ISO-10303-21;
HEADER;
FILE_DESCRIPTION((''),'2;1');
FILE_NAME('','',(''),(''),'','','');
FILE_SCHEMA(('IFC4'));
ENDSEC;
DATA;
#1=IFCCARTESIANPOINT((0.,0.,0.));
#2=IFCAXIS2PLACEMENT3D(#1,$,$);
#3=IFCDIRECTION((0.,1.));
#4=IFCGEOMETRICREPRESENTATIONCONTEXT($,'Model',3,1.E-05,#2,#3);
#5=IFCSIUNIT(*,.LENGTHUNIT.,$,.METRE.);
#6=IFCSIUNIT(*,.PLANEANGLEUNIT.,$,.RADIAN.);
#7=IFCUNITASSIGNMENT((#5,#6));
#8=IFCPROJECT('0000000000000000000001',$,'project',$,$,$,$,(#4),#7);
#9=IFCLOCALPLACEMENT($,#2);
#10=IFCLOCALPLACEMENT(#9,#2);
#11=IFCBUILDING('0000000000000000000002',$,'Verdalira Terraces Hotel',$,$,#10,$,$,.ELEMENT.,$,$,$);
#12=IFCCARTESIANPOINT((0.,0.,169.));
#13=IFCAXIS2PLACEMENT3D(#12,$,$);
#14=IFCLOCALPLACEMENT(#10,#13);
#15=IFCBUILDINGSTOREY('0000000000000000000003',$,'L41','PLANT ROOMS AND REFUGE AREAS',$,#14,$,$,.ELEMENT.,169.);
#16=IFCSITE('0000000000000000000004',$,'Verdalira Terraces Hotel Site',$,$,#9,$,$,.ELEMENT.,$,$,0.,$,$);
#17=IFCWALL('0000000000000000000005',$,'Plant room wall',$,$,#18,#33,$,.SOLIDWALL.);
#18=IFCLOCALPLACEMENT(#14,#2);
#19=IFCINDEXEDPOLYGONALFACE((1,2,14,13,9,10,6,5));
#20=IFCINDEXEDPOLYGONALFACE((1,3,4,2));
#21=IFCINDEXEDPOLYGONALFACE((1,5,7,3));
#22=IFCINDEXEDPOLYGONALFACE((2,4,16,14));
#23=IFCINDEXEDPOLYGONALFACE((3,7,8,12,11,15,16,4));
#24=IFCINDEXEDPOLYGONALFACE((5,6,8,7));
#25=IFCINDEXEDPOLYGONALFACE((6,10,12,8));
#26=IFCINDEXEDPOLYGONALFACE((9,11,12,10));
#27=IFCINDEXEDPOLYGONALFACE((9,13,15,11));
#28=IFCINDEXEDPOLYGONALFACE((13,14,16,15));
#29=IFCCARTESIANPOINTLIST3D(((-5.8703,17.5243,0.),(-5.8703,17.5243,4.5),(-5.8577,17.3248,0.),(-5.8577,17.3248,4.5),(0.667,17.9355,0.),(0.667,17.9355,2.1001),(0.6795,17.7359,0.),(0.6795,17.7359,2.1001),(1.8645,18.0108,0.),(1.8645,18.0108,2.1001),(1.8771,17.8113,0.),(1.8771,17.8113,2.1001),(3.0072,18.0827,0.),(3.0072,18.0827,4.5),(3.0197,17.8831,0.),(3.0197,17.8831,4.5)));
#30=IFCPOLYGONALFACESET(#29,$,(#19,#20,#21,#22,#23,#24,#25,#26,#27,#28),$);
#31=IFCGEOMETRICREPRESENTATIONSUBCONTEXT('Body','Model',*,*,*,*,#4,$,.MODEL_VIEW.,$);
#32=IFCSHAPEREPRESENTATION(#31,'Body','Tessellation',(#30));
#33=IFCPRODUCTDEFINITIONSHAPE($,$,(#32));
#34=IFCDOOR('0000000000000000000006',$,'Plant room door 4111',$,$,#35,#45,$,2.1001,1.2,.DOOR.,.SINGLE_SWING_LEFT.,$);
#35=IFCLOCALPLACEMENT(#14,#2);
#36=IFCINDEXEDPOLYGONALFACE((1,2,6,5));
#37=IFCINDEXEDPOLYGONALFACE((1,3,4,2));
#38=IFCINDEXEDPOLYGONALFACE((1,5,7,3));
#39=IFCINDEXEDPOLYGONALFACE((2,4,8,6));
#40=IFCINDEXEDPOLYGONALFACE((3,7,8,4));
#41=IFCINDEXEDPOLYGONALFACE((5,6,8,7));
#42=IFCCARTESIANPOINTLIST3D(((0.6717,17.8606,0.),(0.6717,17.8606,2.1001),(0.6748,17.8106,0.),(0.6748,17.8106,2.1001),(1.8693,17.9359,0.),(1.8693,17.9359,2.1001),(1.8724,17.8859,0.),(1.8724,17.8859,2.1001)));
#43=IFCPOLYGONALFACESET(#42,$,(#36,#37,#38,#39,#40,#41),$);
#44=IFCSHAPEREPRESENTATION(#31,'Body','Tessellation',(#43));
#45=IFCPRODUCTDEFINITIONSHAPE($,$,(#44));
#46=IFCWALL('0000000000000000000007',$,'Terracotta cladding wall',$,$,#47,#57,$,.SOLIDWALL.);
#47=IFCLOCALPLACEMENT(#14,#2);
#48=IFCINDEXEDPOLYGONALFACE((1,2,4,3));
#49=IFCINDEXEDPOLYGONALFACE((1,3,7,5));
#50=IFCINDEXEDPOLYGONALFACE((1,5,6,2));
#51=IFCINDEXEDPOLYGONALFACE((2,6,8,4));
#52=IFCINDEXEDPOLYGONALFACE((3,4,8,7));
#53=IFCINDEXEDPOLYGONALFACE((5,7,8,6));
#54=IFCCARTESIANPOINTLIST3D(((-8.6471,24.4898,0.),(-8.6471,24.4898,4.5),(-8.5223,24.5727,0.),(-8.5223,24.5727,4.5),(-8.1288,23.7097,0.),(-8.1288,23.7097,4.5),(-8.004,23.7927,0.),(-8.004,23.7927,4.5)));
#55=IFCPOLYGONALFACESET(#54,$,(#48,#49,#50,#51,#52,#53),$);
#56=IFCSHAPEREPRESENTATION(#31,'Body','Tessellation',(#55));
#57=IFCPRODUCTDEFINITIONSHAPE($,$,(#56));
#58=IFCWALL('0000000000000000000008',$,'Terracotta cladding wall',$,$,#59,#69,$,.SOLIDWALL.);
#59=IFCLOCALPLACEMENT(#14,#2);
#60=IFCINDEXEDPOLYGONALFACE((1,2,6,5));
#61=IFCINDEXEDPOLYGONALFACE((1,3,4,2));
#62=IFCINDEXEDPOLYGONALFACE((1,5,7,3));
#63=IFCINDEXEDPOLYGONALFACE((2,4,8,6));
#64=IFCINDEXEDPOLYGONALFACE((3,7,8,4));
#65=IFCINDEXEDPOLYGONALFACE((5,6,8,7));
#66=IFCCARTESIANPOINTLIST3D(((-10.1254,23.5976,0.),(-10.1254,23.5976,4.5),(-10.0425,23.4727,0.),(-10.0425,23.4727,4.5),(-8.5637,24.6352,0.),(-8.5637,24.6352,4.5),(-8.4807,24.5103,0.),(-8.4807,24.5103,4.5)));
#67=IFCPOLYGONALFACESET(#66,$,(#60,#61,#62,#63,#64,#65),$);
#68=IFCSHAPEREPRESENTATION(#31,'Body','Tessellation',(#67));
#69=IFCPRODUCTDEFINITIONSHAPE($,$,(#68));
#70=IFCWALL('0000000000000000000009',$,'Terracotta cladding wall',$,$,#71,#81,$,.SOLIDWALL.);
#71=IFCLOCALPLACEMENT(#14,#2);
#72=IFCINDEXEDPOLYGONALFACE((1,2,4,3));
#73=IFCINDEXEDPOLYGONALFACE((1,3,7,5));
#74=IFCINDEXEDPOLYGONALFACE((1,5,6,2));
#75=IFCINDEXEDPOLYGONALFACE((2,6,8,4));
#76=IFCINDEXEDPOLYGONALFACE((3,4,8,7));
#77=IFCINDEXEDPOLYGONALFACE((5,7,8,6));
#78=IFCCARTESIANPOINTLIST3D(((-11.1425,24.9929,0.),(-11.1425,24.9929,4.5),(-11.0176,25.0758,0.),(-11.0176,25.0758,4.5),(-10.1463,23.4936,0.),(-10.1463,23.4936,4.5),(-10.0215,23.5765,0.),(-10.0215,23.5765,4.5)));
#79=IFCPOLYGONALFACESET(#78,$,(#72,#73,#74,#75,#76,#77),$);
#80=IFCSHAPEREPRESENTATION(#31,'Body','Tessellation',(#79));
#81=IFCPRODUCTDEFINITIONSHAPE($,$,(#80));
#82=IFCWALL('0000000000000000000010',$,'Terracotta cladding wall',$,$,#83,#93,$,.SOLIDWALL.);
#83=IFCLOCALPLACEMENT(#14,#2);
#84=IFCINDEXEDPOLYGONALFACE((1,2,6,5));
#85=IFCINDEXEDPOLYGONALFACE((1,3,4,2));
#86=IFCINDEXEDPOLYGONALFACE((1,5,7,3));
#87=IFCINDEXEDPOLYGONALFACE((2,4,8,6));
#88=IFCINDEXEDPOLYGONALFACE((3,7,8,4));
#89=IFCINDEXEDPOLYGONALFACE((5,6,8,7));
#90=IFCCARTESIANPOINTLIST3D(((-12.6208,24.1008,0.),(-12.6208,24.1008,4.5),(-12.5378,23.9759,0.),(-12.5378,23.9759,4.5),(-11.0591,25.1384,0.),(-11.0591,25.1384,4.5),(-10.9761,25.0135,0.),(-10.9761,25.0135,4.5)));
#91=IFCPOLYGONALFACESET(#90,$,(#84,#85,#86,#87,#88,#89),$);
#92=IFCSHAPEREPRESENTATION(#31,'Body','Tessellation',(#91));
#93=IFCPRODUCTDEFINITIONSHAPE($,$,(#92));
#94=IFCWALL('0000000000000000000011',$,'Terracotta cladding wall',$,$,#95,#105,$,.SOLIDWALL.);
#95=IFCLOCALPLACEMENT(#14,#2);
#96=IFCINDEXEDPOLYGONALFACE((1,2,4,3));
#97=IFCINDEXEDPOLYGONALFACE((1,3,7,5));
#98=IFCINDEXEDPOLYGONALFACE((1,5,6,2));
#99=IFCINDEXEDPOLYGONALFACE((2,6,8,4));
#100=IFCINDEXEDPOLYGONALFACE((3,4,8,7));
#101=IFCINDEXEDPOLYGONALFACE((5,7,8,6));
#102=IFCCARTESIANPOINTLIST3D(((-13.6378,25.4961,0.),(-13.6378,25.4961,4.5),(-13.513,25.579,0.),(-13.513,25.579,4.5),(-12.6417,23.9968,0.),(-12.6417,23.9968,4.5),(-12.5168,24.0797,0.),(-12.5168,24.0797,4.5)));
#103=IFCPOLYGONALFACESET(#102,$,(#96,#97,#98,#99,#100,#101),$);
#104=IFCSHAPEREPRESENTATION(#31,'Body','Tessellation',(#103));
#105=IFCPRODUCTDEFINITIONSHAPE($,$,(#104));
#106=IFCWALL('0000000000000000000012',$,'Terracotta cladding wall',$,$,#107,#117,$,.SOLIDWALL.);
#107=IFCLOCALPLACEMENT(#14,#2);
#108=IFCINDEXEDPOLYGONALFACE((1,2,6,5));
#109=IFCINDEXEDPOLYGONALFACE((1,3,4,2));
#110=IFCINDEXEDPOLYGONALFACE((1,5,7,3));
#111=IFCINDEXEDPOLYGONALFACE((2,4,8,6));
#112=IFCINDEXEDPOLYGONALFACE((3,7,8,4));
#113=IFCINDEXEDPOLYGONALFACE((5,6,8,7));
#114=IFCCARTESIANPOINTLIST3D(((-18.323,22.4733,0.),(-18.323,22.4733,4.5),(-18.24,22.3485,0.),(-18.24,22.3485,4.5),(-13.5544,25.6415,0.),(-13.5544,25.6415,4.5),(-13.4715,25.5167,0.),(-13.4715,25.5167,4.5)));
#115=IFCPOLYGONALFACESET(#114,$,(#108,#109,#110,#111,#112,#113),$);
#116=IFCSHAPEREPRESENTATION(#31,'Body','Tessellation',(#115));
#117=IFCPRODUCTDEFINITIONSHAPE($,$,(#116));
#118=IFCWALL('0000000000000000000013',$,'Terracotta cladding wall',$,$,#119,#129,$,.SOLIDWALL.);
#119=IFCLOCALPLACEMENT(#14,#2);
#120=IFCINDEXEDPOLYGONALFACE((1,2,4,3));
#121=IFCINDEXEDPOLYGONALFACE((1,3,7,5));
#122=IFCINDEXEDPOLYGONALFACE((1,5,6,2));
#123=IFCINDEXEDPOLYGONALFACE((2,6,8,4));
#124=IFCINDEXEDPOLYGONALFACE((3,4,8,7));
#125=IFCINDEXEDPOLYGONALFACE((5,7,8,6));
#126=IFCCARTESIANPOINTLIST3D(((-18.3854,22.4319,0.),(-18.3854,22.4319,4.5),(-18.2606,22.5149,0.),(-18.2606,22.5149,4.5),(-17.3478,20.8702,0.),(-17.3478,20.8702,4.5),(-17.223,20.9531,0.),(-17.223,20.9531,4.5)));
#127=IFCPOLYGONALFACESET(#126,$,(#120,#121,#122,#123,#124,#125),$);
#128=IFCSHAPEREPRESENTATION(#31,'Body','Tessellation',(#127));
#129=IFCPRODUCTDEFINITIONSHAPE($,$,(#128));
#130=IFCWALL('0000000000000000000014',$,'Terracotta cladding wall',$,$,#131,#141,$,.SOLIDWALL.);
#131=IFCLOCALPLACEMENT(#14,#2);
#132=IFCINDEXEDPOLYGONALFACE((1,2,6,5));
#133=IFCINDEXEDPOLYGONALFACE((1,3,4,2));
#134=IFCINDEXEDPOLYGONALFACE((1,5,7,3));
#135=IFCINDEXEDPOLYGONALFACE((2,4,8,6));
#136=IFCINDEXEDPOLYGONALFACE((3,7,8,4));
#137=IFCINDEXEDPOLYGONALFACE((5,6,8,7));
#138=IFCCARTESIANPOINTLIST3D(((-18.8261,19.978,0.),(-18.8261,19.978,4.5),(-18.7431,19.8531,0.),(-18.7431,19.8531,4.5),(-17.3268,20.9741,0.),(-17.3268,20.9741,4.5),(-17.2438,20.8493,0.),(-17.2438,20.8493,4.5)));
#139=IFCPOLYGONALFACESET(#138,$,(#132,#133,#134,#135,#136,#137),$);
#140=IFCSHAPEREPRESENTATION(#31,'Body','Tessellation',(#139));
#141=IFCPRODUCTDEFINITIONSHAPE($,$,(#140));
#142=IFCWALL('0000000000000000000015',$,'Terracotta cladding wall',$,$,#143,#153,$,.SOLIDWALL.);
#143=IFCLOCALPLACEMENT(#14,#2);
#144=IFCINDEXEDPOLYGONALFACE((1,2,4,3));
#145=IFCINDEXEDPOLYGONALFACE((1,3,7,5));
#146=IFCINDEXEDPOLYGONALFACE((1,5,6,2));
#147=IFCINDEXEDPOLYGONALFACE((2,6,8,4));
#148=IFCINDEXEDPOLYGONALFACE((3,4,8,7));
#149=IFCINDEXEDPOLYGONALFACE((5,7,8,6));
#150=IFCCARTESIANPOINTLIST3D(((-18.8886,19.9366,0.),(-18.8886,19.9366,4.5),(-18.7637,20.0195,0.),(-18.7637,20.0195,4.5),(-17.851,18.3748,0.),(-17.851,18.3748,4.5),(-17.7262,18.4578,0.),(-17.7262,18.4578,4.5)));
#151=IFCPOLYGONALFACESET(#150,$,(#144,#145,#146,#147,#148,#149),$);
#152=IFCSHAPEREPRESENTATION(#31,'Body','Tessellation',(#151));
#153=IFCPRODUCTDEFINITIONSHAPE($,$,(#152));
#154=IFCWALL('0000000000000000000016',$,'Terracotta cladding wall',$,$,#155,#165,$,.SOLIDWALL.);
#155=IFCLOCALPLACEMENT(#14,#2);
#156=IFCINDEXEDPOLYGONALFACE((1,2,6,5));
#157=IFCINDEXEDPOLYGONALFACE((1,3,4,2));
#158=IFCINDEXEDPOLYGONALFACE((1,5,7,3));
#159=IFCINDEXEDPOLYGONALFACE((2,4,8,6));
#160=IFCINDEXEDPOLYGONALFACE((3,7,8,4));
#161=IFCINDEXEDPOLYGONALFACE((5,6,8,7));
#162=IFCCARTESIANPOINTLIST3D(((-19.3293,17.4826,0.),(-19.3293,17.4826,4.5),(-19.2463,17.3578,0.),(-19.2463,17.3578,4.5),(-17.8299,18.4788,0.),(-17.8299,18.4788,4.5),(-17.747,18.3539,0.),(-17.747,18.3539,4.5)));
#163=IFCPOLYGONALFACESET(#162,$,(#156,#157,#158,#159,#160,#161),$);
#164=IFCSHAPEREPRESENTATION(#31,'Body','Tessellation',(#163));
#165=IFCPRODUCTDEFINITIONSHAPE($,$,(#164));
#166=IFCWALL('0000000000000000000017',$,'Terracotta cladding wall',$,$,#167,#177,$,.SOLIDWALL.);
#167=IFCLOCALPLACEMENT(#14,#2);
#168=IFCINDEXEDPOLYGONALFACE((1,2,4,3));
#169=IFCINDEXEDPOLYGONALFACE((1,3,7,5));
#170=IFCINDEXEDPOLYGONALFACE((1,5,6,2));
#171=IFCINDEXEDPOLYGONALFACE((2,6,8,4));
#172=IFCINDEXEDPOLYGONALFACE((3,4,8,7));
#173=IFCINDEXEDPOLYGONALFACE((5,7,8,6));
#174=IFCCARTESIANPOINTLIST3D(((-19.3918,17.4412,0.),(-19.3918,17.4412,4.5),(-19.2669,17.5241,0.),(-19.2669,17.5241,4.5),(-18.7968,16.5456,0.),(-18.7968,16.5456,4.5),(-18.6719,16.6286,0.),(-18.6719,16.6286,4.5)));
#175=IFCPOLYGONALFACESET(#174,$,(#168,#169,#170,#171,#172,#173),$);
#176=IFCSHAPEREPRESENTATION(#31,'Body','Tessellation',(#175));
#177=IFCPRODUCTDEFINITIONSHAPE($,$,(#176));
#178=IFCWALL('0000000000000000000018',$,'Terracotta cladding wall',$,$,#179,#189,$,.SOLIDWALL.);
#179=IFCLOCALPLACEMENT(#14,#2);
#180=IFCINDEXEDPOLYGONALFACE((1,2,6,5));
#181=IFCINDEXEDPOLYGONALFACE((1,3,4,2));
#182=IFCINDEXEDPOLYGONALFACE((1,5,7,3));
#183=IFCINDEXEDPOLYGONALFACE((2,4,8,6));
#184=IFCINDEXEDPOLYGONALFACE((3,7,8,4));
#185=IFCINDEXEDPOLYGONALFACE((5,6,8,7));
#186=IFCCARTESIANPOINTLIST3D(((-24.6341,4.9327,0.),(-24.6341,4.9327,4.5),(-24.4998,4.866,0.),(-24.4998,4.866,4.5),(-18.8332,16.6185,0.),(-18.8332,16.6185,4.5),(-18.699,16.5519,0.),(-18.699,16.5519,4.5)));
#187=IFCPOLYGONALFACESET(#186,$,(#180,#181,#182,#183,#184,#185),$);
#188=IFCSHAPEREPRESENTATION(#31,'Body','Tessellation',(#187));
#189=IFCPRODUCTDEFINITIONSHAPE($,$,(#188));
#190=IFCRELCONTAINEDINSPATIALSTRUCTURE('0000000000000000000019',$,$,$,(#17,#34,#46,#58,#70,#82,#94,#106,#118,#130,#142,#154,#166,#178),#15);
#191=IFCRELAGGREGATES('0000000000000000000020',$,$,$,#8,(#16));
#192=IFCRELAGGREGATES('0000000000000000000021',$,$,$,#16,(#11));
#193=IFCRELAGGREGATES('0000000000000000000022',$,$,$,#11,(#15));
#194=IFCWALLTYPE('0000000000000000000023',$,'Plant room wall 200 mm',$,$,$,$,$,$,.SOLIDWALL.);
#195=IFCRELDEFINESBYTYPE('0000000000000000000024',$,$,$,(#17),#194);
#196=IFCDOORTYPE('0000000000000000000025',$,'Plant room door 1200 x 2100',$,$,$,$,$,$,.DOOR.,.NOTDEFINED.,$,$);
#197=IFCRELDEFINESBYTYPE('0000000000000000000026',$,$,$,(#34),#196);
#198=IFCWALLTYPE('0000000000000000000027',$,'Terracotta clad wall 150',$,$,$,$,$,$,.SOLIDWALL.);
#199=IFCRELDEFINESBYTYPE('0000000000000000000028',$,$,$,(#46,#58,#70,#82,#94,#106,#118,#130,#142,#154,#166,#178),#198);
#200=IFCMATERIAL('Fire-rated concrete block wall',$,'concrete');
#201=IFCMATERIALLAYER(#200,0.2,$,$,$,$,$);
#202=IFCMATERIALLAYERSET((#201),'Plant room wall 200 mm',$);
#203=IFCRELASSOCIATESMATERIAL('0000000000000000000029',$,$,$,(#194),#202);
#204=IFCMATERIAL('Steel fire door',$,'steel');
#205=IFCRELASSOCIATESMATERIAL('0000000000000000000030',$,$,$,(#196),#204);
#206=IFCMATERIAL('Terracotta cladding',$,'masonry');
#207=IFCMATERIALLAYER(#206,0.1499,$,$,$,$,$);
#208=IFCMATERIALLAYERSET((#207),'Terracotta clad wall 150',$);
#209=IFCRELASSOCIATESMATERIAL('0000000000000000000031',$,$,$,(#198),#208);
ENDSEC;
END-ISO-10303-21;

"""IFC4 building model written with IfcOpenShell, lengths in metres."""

from ifc_helpers import new_model, si_unit, direction, frame, frame_2d, origin, place, context, subcontext, project, spatial, rectangle, extrude, material, layer, layer_set, type_object, element, fill, save


model = new_model("IFC4")

# Units and contexts
model_context = context("Model", 3, precision=1e-05, world=origin(), true_north=direction((0.0, 1.0)))
body_context = subcontext(model_context, "Body", "Model", "MODEL_VIEW")
ifc_project = project(units=[si_unit("LENGTHUNIT", "METRE"), si_unit("PLANEANGLEUNIT", "RADIAN")], contexts=[model_context])

# Site, building, storey
site_placement = place(None, origin())
site = spatial("IfcSite", under=ifc_project, at=site_placement, Name="Verdalira Terraces Hotel Site", CompositionType="ELEMENT", RefElevation=0.0)
building_placement = place(site_placement, origin())
building = spatial("IfcBuilding", under=site, at=building_placement, Name="Verdalira Terraces Hotel", CompositionType="ELEMENT")
storey_placement = place(building_placement, frame((0.0, 0.0, 169.0)))
storey = spatial("IfcBuildingStorey", under=building, at=storey_placement, Name="L41", Description="PLANT ROOMS AND REFUGE AREAS", CompositionType="ELEMENT", Elevation=169.0)

# Shared definitions
ifc_material_1 = material(Name="Fire-rated concrete block wall", Category="concrete")
ifc_layer_1 = layer(ifc_material_1, 0.2)
ifc_layer_set_1 = layer_set([ifc_layer_1], Name="Plant room wall 200 mm")
wall_type_1 = type_object("IfcWallType", Name="Plant room wall 200 mm", PredefinedType="SOLIDWALL", material=ifc_layer_set_1)

# Wall, opening, door
wall_1_placement = place(storey_placement, frame((-5.864, 17.4246, 0.0), z_axis=(0.0, 0.0, 1.0), x_axis=(0.998028, 0.062771, 0.0)))
wall_1 = element("IfcWall", 1, at=wall_1_placement, inside=storey, type_object=wall_type_1, Name="Plant room wall", PredefinedType="SOLIDWALL", context=body_context, shape_type="SweptSolid", body=[
    extrude(rectangle(XDim=8.895, YDim=0.2, at=frame_2d((4.4475, 0.0))), origin(), (0.0, 0.0, 1.0), 4.5),
])
opening_placement = place(wall_1_placement, frame((6.55, 0.0, 0.0)))
opening = element("IfcOpeningElement", 2, at=opening_placement, cuts=wall_1, PredefinedType="OPENING", context=body_context, shape_type="SweptSolid", body=[
    extrude(rectangle(XDim=1.2, YDim=2.1001, at=frame_2d((0.6001, 1.05))), frame((0.0, 0.1099, 0.0), z_axis=(0.0, -1.0, 0.0), x_axis=(1.0, 0.0, 0.0)), (0.0, 0.0, 1.0), 0.22),
])
ifc_material_2 = material(Name="Steel fire door", Category="steel")
door_type = type_object("IfcDoorType", Name="Plant room door 1200 x 2100", OperationType="NOTDEFINED", PredefinedType="DOOR", material=ifc_material_2)
door_placement = place(opening_placement, origin())
door = element("IfcDoor", 3, at=door_placement, inside=storey, type_object=door_type, Name="Plant room door 4111", OperationType="SINGLE_SWING_LEFT", OverallHeight=2.1001, OverallWidth=1.2, PredefinedType="DOOR", context=body_context, shape_type="SweptSolid", body=[
    extrude(rectangle(XDim=1.2, YDim=2.1001, at=frame_2d((0.6001, 1.05))), frame((0.0, 0.0249, 0.0), z_axis=(0.0, -1.0, 0.0), x_axis=(1.0, 0.0, 0.0)), (0.0, 0.0, 1.0), 0.05),
])
fill(opening, door)

# Walls
ifc_material_3 = material(Name="Terracotta cladding", Category="masonry")
ifc_layer_2 = layer(ifc_material_3, 0.1499)
ifc_layer_set_2 = layer_set([ifc_layer_2], Name="Terracotta clad wall 150")
wall_type_2 = type_object("IfcWallType", Name="Terracotta clad wall 150", PredefinedType="SOLIDWALL", material=ifc_layer_set_2)
wall_2_placement = place(storey_placement, frame((-8.0664, 23.7512, 0.0), z_axis=(0.0, 0.0, 1.0), x_axis=(-0.553436, 0.832892, 0.0)))
element("IfcWall", 4, at=wall_2_placement, inside=storey, type_object=wall_type_2, Name="Terracotta cladding wall", PredefinedType="SOLIDWALL", context=body_context, shape_type="SweptSolid", body=[
    extrude(rectangle(XDim=0.9365, YDim=0.1499, at=frame_2d((0.4683, 0.0))), origin(), (0.0, 0.0, 1.0), 4.5),
])
wall_3_placement = place(storey_placement, frame((-8.5222, 24.5728, 0.0), z_axis=(0.0, 0.0, 1.0), x_axis=(-0.832931, -0.553377, 0.0)))
element("IfcWall", 5, at=wall_3_placement, inside=storey, type_object=wall_type_2, Name="Terracotta cladding wall", PredefinedType="SOLIDWALL", context=body_context, shape_type="SweptSolid", body=[
    extrude(rectangle(XDim=1.875, YDim=0.1499, at=frame_2d((0.9375, 0.0))), origin(), (0.0, 0.0, 1.0), 4.5),
])
wall_4_placement = place(storey_placement, frame((-10.084, 23.5352, 0.0), z_axis=(0.0, 0.0, 1.0), x_axis=(-0.553385, 0.832926, 0.0)))
element("IfcWall", 6, at=wall_4_placement, inside=storey, type_object=wall_type_2, Name="Terracotta cladding wall", PredefinedType="SOLIDWALL", context=body_context, shape_type="SweptSolid", body=[
    extrude(rectangle(XDim=1.8, YDim=0.1499, at=frame_2d((0.8999, 0.0))), origin(), (0.0, 0.0, 1.0), 4.5),
])
wall_5_placement = place(storey_placement, frame((-11.0176, 25.0759, 0.0), z_axis=(0.0, 0.0, 1.0), x_axis=(-0.832931, -0.553377, 0.0)))
element("IfcWall", 7, at=wall_5_placement, inside=storey, type_object=wall_type_2, Name="Terracotta cladding wall", PredefinedType="SOLIDWALL", context=body_context, shape_type="SweptSolid", body=[
    extrude(rectangle(XDim=1.875, YDim=0.1499, at=frame_2d((0.9375, 0.0))), origin(), (0.0, 0.0, 1.0), 4.5),
])
wall_6_placement = place(storey_placement, frame((-12.5793, 24.0383, 0.0), z_axis=(0.0, 0.0, 1.0), x_axis=(-0.553385, 0.832926, 0.0)))
element("IfcWall", 8, at=wall_6_placement, inside=storey, type_object=wall_type_2, Name="Terracotta cladding wall", PredefinedType="SOLIDWALL", context=body_context, shape_type="SweptSolid", body=[
    extrude(rectangle(XDim=1.8, YDim=0.1499, at=frame_2d((0.8999, 0.0))), origin(), (0.0, 0.0, 1.0), 4.5),
])
wall_7_placement = place(storey_placement, frame((-13.5129, 25.5791, 0.0), z_axis=(0.0, 0.0, 1.0), x_axis=(-0.832922, -0.553391, 0.0)))
element("IfcWall", 9, at=wall_7_placement, inside=storey, type_object=wall_type_2, Name="Terracotta cladding wall", PredefinedType="SOLIDWALL", context=body_context, shape_type="SweptSolid", body=[
    extrude(rectangle(XDim=5.7251, YDim=0.1499, at=frame_2d((2.8625, 0.0))), origin(), (0.0, 0.0, 1.0), 4.5),
])
wall_8_placement = place(storey_placement, frame((-18.323, 22.4734, 0.0), z_axis=(0.0, 0.0, 1.0), x_axis=(0.553377, -0.832931, 0.0)))
element("IfcWall", 10, at=wall_8_placement, inside=storey, type_object=wall_type_2, Name="Terracotta cladding wall", PredefinedType="SOLIDWALL", context=body_context, shape_type="SweptSolid", body=[
    extrude(rectangle(XDim=1.875, YDim=0.1499, at=frame_2d((0.9375, 0.0))), origin(), (0.0, 0.0, 1.0), 4.5),
])
wall_9_placement = place(storey_placement, frame((-17.2854, 20.9116, 0.0), z_axis=(0.0, 0.0, 1.0), x_axis=(-0.832926, -0.553385, 0.0)))
element("IfcWall", 11, at=wall_9_placement, inside=storey, type_object=wall_type_2, Name="Terracotta cladding wall", PredefinedType="SOLIDWALL", context=body_context, shape_type="SweptSolid", body=[
    extrude(rectangle(XDim=1.8, YDim=0.1499, at=frame_2d((0.8999, 0.0))), origin(), (0.0, 0.0, 1.0), 4.5),
])
wall_10_placement = place(storey_placement, frame((-18.8262, 19.978, 0.0), z_axis=(0.0, 0.0, 1.0), x_axis=(0.553377, -0.832931, 0.0)))
element("IfcWall", 12, at=wall_10_placement, inside=storey, type_object=wall_type_2, Name="Terracotta cladding wall", PredefinedType="SOLIDWALL", context=body_context, shape_type="SweptSolid", body=[
    extrude(rectangle(XDim=1.875, YDim=0.1499, at=frame_2d((0.9375, 0.0))), origin(), (0.0, 0.0, 1.0), 4.5),
])
wall_11_placement = place(storey_placement, frame((-17.7886, 18.4163, 0.0), z_axis=(0.0, 0.0, 1.0), x_axis=(-0.832926, -0.553385, 0.0)))
element("IfcWall", 13, at=wall_11_placement, inside=storey, type_object=wall_type_2, Name="Terracotta cladding wall", PredefinedType="SOLIDWALL", context=body_context, shape_type="SweptSolid", body=[
    extrude(rectangle(XDim=1.8, YDim=0.1499, at=frame_2d((0.8999, 0.0))), origin(), (0.0, 0.0, 1.0), 4.5),
])
wall_12_placement = place(storey_placement, frame((-19.3293, 17.4827, 0.0), z_axis=(0.0, 0.0, 1.0), x_axis=(0.553389, -0.832923, 0.0)))
element("IfcWall", 14, at=wall_12_placement, inside=storey, type_object=wall_type_2, Name="Terracotta cladding wall", PredefinedType="SOLIDWALL", context=body_context, shape_type="SweptSolid", body=[
    extrude(rectangle(XDim=1.0752, YDim=0.1499, at=frame_2d((0.5376, 0.0))), origin(), (0.0, 0.0, 1.0), 4.5),
])
wall_13_placement = place(storey_placement, frame((-18.7661, 16.5852, 0.0), z_axis=(0.0, 0.0, 1.0), x_axis=(-0.444629, -0.895715, 0.0)))
element("IfcWall", 15, at=wall_13_placement, inside=storey, type_object=wall_type_2, Name="Terracotta cladding wall", PredefinedType="SOLIDWALL", context=body_context, shape_type="SweptSolid", body=[
    extrude(rectangle(XDim=13.0464, YDim=0.1499, at=frame_2d((6.5232, 0.0))), origin(), (0.0, 0.0, 1.0), 4.5),
])

save(model, "model.ifc")
